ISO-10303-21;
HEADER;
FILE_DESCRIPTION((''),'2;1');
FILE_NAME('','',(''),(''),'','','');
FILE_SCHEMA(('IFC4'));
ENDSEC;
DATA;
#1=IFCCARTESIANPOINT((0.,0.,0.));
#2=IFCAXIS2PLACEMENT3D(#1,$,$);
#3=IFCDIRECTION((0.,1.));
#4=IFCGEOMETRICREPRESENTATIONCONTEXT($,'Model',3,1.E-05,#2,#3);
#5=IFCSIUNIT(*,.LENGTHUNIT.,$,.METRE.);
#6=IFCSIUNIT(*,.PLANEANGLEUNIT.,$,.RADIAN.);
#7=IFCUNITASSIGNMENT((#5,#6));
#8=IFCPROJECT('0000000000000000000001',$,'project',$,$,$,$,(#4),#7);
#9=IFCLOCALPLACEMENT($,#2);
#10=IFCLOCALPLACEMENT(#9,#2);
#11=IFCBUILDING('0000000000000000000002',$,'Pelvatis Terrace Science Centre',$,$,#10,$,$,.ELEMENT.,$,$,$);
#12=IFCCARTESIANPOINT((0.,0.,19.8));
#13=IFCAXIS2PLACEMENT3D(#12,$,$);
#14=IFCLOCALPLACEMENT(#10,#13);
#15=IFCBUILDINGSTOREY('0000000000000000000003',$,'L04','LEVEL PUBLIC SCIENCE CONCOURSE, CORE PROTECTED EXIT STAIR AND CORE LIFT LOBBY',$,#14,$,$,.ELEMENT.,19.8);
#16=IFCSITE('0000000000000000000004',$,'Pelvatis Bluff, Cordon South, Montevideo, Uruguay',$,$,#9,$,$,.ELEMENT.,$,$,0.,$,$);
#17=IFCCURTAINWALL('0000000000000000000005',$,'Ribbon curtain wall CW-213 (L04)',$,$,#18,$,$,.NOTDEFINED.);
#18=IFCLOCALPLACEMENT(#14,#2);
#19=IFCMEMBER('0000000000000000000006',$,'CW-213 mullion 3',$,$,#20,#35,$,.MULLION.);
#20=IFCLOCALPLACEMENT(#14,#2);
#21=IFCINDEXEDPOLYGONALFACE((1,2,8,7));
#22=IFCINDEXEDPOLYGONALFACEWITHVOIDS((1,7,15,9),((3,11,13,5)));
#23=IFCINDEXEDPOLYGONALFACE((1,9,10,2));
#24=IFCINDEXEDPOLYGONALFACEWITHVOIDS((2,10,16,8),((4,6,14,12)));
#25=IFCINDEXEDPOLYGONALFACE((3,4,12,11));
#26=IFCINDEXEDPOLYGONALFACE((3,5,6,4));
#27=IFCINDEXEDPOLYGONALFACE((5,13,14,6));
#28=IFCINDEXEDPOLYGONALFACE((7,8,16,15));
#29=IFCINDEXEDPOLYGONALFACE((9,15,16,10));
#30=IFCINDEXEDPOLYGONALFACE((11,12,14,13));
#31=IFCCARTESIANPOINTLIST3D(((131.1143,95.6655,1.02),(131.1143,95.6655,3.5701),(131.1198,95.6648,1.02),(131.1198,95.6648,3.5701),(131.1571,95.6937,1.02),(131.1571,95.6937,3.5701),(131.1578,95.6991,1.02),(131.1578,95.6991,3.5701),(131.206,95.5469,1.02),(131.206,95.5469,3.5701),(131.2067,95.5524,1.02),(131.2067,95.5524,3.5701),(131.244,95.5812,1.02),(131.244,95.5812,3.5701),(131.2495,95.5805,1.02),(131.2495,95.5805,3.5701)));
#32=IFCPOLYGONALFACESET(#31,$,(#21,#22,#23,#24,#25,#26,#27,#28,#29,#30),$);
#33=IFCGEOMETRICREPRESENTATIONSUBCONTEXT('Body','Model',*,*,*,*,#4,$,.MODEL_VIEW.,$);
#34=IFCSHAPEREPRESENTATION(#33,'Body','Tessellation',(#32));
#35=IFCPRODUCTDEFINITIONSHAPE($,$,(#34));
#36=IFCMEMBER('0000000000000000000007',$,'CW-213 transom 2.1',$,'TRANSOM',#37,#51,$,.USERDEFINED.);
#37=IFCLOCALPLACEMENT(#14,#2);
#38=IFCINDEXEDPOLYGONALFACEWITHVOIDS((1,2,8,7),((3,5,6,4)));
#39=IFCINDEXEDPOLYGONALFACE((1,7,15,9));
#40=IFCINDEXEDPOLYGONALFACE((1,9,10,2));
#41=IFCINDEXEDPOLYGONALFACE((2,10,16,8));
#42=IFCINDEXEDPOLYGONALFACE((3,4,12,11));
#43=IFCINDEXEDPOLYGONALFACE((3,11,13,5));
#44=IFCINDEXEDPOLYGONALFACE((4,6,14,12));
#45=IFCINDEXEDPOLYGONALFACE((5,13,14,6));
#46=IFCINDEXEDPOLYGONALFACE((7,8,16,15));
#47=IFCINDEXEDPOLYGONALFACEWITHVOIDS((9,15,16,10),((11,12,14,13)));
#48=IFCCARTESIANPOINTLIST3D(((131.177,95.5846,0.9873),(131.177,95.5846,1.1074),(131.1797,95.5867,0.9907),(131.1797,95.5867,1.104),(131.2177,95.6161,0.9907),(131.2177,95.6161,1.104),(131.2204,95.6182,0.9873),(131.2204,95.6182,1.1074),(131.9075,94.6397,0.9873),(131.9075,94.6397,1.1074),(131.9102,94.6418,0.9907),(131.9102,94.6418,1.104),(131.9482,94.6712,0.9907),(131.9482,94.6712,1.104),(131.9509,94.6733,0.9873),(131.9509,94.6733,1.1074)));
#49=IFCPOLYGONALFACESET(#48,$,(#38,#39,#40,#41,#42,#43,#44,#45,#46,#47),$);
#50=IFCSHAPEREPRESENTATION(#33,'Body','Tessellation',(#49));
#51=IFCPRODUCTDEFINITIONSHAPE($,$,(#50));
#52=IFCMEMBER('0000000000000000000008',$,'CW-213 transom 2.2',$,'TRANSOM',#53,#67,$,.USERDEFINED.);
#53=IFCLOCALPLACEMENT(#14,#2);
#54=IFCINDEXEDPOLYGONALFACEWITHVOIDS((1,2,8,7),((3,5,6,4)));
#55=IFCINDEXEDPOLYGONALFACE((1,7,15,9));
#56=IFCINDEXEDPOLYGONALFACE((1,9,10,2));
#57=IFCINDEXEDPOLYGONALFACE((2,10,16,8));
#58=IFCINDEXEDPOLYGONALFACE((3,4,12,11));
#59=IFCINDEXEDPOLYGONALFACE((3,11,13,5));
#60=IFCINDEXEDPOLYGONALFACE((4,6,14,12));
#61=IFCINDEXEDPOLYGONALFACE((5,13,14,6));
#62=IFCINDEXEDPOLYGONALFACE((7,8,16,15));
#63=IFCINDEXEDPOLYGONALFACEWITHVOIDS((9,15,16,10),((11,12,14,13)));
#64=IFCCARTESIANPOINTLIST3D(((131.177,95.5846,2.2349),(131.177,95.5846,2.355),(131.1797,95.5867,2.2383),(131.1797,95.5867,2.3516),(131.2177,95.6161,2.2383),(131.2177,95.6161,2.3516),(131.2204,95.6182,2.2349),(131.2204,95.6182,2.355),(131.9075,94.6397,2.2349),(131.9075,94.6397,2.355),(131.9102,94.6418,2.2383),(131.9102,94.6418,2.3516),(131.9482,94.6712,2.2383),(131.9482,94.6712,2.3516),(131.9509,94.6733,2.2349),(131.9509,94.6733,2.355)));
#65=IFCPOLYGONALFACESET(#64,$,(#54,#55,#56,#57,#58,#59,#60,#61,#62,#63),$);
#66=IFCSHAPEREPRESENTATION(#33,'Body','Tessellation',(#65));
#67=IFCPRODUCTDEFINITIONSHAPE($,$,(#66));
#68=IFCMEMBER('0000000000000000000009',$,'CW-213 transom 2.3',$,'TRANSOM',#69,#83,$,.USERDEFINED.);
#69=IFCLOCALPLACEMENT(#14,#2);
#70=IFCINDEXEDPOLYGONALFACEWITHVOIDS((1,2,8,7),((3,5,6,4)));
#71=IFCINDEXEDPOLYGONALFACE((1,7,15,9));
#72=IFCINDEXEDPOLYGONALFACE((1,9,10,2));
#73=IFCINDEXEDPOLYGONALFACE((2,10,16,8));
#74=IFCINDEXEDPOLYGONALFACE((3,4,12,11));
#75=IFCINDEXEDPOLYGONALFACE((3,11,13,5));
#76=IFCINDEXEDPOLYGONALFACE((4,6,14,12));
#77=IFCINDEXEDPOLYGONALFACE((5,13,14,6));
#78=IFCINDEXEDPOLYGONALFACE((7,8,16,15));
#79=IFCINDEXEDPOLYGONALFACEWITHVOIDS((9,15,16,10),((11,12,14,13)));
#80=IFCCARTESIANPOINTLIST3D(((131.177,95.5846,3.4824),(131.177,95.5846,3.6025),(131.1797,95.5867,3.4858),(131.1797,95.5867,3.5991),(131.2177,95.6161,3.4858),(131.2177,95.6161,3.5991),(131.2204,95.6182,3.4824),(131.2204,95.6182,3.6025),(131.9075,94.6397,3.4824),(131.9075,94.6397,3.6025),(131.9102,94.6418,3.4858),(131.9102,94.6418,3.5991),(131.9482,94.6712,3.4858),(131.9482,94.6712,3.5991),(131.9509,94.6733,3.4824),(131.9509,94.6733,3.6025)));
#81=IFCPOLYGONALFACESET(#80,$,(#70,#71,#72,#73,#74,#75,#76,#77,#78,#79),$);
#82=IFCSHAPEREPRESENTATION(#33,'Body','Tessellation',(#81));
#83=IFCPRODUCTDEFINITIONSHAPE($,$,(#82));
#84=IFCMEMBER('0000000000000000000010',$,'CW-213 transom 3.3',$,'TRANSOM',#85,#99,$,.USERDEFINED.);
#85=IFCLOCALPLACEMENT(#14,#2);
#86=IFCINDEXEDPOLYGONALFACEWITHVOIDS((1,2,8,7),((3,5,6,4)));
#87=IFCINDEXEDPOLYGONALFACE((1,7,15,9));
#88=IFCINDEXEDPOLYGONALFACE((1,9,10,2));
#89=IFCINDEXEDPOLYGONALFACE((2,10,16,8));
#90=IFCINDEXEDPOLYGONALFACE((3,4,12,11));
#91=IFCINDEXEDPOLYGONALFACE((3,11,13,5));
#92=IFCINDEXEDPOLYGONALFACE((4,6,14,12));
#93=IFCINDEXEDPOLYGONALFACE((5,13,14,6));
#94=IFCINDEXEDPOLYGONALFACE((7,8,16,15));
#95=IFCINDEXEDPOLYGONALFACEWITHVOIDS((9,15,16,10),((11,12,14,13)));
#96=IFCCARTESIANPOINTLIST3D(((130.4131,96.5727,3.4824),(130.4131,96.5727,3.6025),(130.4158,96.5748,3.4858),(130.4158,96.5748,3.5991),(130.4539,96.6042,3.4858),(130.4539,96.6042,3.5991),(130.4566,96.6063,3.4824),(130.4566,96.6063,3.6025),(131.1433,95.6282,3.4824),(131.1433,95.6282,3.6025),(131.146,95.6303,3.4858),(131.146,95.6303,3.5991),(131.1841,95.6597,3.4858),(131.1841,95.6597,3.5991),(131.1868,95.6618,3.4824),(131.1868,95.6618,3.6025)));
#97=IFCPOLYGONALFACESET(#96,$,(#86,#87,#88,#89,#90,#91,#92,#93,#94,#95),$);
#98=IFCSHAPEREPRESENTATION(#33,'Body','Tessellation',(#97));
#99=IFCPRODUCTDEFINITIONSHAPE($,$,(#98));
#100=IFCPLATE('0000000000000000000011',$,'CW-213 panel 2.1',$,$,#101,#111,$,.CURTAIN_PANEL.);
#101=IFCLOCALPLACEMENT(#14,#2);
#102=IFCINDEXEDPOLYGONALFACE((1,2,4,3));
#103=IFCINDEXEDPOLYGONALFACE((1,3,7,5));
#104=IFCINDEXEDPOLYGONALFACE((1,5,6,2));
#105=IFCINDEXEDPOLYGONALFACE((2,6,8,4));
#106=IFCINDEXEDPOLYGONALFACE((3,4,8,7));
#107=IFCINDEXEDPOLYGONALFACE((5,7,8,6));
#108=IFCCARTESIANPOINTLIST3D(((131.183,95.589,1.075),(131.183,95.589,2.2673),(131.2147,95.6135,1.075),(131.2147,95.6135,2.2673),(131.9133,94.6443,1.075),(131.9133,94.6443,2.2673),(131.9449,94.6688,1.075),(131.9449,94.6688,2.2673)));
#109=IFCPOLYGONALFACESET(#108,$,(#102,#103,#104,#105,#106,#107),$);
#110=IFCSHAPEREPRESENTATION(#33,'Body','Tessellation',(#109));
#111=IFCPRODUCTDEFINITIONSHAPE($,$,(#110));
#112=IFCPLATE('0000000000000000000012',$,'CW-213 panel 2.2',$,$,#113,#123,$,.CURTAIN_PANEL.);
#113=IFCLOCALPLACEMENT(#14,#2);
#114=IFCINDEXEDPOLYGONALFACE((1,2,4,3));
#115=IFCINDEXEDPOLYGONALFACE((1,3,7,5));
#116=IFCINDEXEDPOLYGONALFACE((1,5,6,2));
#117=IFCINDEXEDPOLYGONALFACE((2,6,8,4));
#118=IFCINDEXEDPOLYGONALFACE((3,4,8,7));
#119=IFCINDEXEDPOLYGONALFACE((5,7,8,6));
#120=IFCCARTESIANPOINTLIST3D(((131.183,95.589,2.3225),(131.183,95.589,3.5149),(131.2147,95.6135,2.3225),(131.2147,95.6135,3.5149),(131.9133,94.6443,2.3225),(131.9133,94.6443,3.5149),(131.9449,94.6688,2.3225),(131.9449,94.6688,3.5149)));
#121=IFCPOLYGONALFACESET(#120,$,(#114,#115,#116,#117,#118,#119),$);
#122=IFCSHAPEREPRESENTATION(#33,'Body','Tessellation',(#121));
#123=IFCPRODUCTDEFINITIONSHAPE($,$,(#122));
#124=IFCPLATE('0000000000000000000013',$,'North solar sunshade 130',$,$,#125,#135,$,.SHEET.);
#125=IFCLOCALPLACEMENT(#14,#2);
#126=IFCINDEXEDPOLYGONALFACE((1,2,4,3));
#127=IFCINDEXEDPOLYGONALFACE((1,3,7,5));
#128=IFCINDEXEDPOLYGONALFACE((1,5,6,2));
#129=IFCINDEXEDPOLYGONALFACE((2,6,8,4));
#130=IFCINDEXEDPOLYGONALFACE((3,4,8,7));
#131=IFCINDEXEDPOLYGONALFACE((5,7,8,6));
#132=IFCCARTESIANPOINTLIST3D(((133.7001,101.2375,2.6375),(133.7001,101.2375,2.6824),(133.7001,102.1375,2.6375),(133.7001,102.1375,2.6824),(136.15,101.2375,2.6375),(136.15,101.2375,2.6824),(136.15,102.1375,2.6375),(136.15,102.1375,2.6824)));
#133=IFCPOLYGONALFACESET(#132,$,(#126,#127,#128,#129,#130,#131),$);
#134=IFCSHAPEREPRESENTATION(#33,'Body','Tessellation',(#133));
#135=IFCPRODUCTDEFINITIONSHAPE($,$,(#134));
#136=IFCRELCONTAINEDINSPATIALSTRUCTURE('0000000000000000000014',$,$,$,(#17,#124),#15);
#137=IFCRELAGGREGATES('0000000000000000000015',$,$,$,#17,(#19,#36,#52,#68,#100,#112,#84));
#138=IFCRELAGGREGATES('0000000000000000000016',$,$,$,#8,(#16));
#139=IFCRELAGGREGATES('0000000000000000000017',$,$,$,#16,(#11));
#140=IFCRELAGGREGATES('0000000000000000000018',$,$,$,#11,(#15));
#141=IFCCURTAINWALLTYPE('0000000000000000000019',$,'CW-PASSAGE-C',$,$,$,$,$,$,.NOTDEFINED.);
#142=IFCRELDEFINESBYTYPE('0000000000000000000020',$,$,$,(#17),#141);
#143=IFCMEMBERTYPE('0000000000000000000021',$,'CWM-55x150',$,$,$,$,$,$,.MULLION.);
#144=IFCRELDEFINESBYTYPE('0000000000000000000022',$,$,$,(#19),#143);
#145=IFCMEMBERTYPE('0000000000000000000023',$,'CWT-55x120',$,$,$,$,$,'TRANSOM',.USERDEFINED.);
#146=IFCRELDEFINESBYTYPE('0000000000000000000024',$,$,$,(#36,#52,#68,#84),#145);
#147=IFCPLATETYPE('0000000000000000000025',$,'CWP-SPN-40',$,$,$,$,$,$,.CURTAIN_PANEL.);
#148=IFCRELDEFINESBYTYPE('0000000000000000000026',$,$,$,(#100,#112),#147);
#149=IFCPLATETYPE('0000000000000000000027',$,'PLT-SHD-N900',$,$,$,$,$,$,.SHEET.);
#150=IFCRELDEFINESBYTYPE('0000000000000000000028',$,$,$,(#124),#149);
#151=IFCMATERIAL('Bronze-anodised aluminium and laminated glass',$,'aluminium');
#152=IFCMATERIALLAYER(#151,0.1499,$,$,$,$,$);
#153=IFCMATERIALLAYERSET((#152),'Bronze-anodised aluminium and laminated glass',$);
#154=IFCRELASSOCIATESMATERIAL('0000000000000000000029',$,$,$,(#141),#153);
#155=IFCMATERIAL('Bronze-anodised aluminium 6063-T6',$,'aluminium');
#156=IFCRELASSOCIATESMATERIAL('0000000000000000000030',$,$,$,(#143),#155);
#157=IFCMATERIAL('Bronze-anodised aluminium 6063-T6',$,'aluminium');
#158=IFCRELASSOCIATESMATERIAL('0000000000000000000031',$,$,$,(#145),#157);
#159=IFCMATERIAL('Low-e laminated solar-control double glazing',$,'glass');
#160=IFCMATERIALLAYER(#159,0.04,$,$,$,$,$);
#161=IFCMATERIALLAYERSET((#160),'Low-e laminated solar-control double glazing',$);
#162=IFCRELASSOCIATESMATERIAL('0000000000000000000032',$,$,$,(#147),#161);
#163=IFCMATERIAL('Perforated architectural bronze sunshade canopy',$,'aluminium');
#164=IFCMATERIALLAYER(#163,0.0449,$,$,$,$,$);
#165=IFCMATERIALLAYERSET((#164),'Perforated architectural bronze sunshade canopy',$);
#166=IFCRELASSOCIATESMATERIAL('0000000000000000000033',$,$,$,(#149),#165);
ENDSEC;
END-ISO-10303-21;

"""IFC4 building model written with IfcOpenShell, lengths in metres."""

from ifc_helpers import new_model, si_unit, direction, frame, origin, origin_2d, place, context, subcontext, project, spatial, rectangle, hollow_rectangle, extrude, material, layer, layer_set, material_profile, profile_set, type_object, element, aggregate, save


model = new_model("IFC4")

# Units and contexts
model_context = context("Model", 3, precision=1e-05, world=origin(), true_north=direction((0.0, 1.0)))
body_context = subcontext(model_context, "Body", "Model", "MODEL_VIEW")
ifc_project = project(units=[si_unit("LENGTHUNIT", "METRE"), si_unit("PLANEANGLEUNIT", "RADIAN")], contexts=[model_context])

# Site, building, storey
site_placement = place(None, origin())
site = spatial("IfcSite", under=ifc_project, at=site_placement, Name="Pelvatis Bluff, Cordon South, Montevideo, Uruguay", CompositionType="ELEMENT", RefElevation=0.0)
building_placement = place(site_placement, origin())
building = spatial("IfcBuilding", under=site, at=building_placement, Name="Pelvatis Terrace Science Centre", CompositionType="ELEMENT")
storey_placement = place(building_placement, frame((0.0, 0.0, 19.8)))
storey = spatial("IfcBuildingStorey", under=building, at=storey_placement, Name="L04", Description="LEVEL PUBLIC SCIENCE CONCOURSE, CORE PROTECTED EXIT STAIR AND CORE LIFT LOBBY", CompositionType="ELEMENT", Elevation=19.8)

# Curtain wall, members, plates
ifc_material_1 = material(Name="Bronze-anodised aluminium and laminated glass", Category="aluminium")
ifc_layer_1 = layer(ifc_material_1, 0.1499)
ifc_layer_set_1 = layer_set([ifc_layer_1], Name="Bronze-anodised aluminium and laminated glass")
curtain_wall_type = type_object("IfcCurtainWallType", Name="CW-PASSAGE-C", PredefinedType="NOTDEFINED", material=ifc_layer_set_1)
curtain_wall_placement = place(storey_placement, origin())
curtain_wall = element("IfcCurtainWall", 1, at=curtain_wall_placement, inside=storey, type_object=curtain_wall_type, Name="Ribbon curtain wall CW-213 (L04)", PredefinedType="NOTDEFINED")
ifc_material_2 = material(Name="Bronze-anodised aluminium 6063-T6", Category="aluminium")
ifc_material_profile_1 = material_profile(ifc_material_2, hollow_rectangle(XDim=0.0549, YDim=0.1499, WallThickness=0.0039, at=origin_2d()), Name="ALU-MUL 55x150")
ifc_profile_set_1 = profile_set([ifc_material_profile_1], Name="Bronze-anodised aluminium 6063-T6")
member_type_1 = type_object("IfcMemberType", Name="CWM-55x150", PredefinedType="MULLION", material=ifc_profile_set_1)
member_1_placement = place(storey_placement, frame((131.1819, 95.623, 1.02), z_axis=(0.0, 0.0, 1.0), x_axis=(-0.791181, -0.611582, 0.0)))
member_1 = element("IfcMember", 2, at=member_1_placement, type_object=member_type_1, Name="CW-213 mullion 3", PredefinedType="MULLION", context=body_context, shape_type="SweptSolid", body=[
    extrude(hollow_rectangle(XDim=0.0549, YDim=0.1499, WallThickness=0.0039, at=origin_2d()), origin(), (0.0, 0.0, 1.0), 2.55),
])
ifc_material_3 = material(Name="Bronze-anodised aluminium 6063-T6", Category="aluminium")
ifc_material_profile_2 = material_profile(ifc_material_3, hollow_rectangle(XDim=0.0549, YDim=0.1201, WallThickness=0.0034, at=origin_2d()), Name="ALU-TRN 55x120")
ifc_profile_set_2 = profile_set([ifc_material_profile_2], Name="Bronze-anodised aluminium 6063-T6")
member_type_2 = type_object("IfcMemberType", Name="CWT-55x120", ElementType="TRANSOM", PredefinedType="USERDEFINED", material=ifc_profile_set_2)
member_2_placement = place(storey_placement, frame((131.9292, 94.6565, 1.0474), z_axis=(-0.611645, 0.791132, 0.0), x_axis=(-0.791132, -0.611645, 0.0)))
member_2 = element("IfcMember", 3, at=member_2_placement, type_object=member_type_2, Name="CW-213 transom 2.1", ObjectType="TRANSOM", PredefinedType="USERDEFINED", context=body_context, shape_type="SweptSolid", body=[
    extrude(hollow_rectangle(XDim=0.0549, YDim=0.1201, WallThickness=0.0034, at=origin_2d()), origin(), (0.0, 0.0, 1.0), 1.1943),
])
member_3_placement = place(storey_placement, frame((131.9292, 94.6565, 2.2949), z_axis=(-0.611645, 0.791132, 0.0), x_axis=(-0.791132, -0.611645, 0.0)))
member_3 = element("IfcMember", 4, at=member_3_placement, type_object=member_type_2, Name="CW-213 transom 2.2", ObjectType="TRANSOM", PredefinedType="USERDEFINED", context=body_context, shape_type="SweptSolid", body=[
    extrude(hollow_rectangle(XDim=0.0549, YDim=0.1201, WallThickness=0.0034, at=origin_2d()), origin(), (0.0, 0.0, 1.0), 1.1943),
])
member_4_placement = place(storey_placement, frame((131.9292, 94.6565, 3.5425), z_axis=(-0.611645, 0.791132, 0.0), x_axis=(-0.791132, -0.611645, 0.0)))
member_4 = element("IfcMember", 5, at=member_4_placement, type_object=member_type_2, Name="CW-213 transom 2.3", ObjectType="TRANSOM", PredefinedType="USERDEFINED", context=body_context, shape_type="SweptSolid", body=[
    extrude(hollow_rectangle(XDim=0.0549, YDim=0.1201, WallThickness=0.0034, at=origin_2d()), origin(), (0.0, 0.0, 1.0), 1.1943),
])
member_5_placement = place(storey_placement, frame((131.165, 95.645, 3.5425), z_axis=(-0.611616, 0.791155, 0.0), x_axis=(-0.791155, -0.611616, 0.0)))
member_5 = element("IfcMember", 6, at=member_5_placement, type_object=member_type_2, Name="CW-213 transom 3.3", ObjectType="TRANSOM", PredefinedType="USERDEFINED", context=body_context, shape_type="SweptSolid", body=[
    extrude(hollow_rectangle(XDim=0.0549, YDim=0.1201, WallThickness=0.0034, at=origin_2d()), origin(), (0.0, 0.0, 1.0), 1.1938),
])
ifc_material_4 = material(Name="Low-e laminated solar-control double glazing", Category="glass")
ifc_layer_2 = layer(ifc_material_4, 0.04)
ifc_layer_set_2 = layer_set([ifc_layer_2], Name="Low-e laminated solar-control double glazing")
plate_type_1 = type_object("IfcPlateType", Name="CWP-SPN-40", PredefinedType="CURTAIN_PANEL", material=ifc_layer_set_2)
plate_1_placement = place(storey_placement, frame((131.564, 95.1289, 1.075), z_axis=(0.0, 0.0, 1.0), x_axis=(-0.611582, 0.791181, 0.0)))
plate_1 = element("IfcPlate", 7, at=plate_1_placement, type_object=plate_type_1, Name="CW-213 panel 2.1", PredefinedType="CURTAIN_PANEL", context=body_context, shape_type="SweptSolid", body=[
    extrude(rectangle(XDim=1.1941, YDim=0.04, at=origin_2d()), origin(), (0.0, 0.0, 1.0), 1.1924),
])
plate_2_placement = place(storey_placement, frame((131.564, 95.1289, 2.3225), z_axis=(0.0, 0.0, 1.0), x_axis=(-0.611582, 0.791181, 0.0)))
plate_2 = element("IfcPlate", 8, at=plate_2_placement, type_object=plate_type_1, Name="CW-213 panel 2.2", PredefinedType="CURTAIN_PANEL", context=body_context, shape_type="SweptSolid", body=[
    extrude(rectangle(XDim=1.1941, YDim=0.04, at=origin_2d()), origin(), (0.0, 0.0, 1.0), 1.1924),
])
aggregate(curtain_wall, [member_1, member_2, member_3, member_4, plate_1, plate_2, member_5])

# Plate
ifc_material_5 = material(Name="Perforated architectural bronze sunshade canopy", Category="aluminium")
ifc_layer_3 = layer(ifc_material_5, 0.0449)
ifc_layer_set_3 = layer_set([ifc_layer_3], Name="Perforated architectural bronze sunshade canopy")
plate_type_2 = type_object("IfcPlateType", Name="PLT-SHD-N900", PredefinedType="SHEET", material=ifc_layer_set_3)
plate_3_placement = place(storey_placement, frame((134.925, 101.6875, 2.6375), z_axis=(0.0, 0.0, 1.0), x_axis=(1.0, 0.0, 0.0)))
element("IfcPlate", 9, at=plate_3_placement, inside=storey, type_object=plate_type_2, Name="North solar sunshade 130", PredefinedType="SHEET", context=body_context, shape_type="SweptSolid", body=[
    extrude(rectangle(XDim=2.45, YDim=0.8999, at=origin_2d()), origin(), (0.0, 0.0, 1.0), 0.0449),
])

save(model, "model.ifc")
